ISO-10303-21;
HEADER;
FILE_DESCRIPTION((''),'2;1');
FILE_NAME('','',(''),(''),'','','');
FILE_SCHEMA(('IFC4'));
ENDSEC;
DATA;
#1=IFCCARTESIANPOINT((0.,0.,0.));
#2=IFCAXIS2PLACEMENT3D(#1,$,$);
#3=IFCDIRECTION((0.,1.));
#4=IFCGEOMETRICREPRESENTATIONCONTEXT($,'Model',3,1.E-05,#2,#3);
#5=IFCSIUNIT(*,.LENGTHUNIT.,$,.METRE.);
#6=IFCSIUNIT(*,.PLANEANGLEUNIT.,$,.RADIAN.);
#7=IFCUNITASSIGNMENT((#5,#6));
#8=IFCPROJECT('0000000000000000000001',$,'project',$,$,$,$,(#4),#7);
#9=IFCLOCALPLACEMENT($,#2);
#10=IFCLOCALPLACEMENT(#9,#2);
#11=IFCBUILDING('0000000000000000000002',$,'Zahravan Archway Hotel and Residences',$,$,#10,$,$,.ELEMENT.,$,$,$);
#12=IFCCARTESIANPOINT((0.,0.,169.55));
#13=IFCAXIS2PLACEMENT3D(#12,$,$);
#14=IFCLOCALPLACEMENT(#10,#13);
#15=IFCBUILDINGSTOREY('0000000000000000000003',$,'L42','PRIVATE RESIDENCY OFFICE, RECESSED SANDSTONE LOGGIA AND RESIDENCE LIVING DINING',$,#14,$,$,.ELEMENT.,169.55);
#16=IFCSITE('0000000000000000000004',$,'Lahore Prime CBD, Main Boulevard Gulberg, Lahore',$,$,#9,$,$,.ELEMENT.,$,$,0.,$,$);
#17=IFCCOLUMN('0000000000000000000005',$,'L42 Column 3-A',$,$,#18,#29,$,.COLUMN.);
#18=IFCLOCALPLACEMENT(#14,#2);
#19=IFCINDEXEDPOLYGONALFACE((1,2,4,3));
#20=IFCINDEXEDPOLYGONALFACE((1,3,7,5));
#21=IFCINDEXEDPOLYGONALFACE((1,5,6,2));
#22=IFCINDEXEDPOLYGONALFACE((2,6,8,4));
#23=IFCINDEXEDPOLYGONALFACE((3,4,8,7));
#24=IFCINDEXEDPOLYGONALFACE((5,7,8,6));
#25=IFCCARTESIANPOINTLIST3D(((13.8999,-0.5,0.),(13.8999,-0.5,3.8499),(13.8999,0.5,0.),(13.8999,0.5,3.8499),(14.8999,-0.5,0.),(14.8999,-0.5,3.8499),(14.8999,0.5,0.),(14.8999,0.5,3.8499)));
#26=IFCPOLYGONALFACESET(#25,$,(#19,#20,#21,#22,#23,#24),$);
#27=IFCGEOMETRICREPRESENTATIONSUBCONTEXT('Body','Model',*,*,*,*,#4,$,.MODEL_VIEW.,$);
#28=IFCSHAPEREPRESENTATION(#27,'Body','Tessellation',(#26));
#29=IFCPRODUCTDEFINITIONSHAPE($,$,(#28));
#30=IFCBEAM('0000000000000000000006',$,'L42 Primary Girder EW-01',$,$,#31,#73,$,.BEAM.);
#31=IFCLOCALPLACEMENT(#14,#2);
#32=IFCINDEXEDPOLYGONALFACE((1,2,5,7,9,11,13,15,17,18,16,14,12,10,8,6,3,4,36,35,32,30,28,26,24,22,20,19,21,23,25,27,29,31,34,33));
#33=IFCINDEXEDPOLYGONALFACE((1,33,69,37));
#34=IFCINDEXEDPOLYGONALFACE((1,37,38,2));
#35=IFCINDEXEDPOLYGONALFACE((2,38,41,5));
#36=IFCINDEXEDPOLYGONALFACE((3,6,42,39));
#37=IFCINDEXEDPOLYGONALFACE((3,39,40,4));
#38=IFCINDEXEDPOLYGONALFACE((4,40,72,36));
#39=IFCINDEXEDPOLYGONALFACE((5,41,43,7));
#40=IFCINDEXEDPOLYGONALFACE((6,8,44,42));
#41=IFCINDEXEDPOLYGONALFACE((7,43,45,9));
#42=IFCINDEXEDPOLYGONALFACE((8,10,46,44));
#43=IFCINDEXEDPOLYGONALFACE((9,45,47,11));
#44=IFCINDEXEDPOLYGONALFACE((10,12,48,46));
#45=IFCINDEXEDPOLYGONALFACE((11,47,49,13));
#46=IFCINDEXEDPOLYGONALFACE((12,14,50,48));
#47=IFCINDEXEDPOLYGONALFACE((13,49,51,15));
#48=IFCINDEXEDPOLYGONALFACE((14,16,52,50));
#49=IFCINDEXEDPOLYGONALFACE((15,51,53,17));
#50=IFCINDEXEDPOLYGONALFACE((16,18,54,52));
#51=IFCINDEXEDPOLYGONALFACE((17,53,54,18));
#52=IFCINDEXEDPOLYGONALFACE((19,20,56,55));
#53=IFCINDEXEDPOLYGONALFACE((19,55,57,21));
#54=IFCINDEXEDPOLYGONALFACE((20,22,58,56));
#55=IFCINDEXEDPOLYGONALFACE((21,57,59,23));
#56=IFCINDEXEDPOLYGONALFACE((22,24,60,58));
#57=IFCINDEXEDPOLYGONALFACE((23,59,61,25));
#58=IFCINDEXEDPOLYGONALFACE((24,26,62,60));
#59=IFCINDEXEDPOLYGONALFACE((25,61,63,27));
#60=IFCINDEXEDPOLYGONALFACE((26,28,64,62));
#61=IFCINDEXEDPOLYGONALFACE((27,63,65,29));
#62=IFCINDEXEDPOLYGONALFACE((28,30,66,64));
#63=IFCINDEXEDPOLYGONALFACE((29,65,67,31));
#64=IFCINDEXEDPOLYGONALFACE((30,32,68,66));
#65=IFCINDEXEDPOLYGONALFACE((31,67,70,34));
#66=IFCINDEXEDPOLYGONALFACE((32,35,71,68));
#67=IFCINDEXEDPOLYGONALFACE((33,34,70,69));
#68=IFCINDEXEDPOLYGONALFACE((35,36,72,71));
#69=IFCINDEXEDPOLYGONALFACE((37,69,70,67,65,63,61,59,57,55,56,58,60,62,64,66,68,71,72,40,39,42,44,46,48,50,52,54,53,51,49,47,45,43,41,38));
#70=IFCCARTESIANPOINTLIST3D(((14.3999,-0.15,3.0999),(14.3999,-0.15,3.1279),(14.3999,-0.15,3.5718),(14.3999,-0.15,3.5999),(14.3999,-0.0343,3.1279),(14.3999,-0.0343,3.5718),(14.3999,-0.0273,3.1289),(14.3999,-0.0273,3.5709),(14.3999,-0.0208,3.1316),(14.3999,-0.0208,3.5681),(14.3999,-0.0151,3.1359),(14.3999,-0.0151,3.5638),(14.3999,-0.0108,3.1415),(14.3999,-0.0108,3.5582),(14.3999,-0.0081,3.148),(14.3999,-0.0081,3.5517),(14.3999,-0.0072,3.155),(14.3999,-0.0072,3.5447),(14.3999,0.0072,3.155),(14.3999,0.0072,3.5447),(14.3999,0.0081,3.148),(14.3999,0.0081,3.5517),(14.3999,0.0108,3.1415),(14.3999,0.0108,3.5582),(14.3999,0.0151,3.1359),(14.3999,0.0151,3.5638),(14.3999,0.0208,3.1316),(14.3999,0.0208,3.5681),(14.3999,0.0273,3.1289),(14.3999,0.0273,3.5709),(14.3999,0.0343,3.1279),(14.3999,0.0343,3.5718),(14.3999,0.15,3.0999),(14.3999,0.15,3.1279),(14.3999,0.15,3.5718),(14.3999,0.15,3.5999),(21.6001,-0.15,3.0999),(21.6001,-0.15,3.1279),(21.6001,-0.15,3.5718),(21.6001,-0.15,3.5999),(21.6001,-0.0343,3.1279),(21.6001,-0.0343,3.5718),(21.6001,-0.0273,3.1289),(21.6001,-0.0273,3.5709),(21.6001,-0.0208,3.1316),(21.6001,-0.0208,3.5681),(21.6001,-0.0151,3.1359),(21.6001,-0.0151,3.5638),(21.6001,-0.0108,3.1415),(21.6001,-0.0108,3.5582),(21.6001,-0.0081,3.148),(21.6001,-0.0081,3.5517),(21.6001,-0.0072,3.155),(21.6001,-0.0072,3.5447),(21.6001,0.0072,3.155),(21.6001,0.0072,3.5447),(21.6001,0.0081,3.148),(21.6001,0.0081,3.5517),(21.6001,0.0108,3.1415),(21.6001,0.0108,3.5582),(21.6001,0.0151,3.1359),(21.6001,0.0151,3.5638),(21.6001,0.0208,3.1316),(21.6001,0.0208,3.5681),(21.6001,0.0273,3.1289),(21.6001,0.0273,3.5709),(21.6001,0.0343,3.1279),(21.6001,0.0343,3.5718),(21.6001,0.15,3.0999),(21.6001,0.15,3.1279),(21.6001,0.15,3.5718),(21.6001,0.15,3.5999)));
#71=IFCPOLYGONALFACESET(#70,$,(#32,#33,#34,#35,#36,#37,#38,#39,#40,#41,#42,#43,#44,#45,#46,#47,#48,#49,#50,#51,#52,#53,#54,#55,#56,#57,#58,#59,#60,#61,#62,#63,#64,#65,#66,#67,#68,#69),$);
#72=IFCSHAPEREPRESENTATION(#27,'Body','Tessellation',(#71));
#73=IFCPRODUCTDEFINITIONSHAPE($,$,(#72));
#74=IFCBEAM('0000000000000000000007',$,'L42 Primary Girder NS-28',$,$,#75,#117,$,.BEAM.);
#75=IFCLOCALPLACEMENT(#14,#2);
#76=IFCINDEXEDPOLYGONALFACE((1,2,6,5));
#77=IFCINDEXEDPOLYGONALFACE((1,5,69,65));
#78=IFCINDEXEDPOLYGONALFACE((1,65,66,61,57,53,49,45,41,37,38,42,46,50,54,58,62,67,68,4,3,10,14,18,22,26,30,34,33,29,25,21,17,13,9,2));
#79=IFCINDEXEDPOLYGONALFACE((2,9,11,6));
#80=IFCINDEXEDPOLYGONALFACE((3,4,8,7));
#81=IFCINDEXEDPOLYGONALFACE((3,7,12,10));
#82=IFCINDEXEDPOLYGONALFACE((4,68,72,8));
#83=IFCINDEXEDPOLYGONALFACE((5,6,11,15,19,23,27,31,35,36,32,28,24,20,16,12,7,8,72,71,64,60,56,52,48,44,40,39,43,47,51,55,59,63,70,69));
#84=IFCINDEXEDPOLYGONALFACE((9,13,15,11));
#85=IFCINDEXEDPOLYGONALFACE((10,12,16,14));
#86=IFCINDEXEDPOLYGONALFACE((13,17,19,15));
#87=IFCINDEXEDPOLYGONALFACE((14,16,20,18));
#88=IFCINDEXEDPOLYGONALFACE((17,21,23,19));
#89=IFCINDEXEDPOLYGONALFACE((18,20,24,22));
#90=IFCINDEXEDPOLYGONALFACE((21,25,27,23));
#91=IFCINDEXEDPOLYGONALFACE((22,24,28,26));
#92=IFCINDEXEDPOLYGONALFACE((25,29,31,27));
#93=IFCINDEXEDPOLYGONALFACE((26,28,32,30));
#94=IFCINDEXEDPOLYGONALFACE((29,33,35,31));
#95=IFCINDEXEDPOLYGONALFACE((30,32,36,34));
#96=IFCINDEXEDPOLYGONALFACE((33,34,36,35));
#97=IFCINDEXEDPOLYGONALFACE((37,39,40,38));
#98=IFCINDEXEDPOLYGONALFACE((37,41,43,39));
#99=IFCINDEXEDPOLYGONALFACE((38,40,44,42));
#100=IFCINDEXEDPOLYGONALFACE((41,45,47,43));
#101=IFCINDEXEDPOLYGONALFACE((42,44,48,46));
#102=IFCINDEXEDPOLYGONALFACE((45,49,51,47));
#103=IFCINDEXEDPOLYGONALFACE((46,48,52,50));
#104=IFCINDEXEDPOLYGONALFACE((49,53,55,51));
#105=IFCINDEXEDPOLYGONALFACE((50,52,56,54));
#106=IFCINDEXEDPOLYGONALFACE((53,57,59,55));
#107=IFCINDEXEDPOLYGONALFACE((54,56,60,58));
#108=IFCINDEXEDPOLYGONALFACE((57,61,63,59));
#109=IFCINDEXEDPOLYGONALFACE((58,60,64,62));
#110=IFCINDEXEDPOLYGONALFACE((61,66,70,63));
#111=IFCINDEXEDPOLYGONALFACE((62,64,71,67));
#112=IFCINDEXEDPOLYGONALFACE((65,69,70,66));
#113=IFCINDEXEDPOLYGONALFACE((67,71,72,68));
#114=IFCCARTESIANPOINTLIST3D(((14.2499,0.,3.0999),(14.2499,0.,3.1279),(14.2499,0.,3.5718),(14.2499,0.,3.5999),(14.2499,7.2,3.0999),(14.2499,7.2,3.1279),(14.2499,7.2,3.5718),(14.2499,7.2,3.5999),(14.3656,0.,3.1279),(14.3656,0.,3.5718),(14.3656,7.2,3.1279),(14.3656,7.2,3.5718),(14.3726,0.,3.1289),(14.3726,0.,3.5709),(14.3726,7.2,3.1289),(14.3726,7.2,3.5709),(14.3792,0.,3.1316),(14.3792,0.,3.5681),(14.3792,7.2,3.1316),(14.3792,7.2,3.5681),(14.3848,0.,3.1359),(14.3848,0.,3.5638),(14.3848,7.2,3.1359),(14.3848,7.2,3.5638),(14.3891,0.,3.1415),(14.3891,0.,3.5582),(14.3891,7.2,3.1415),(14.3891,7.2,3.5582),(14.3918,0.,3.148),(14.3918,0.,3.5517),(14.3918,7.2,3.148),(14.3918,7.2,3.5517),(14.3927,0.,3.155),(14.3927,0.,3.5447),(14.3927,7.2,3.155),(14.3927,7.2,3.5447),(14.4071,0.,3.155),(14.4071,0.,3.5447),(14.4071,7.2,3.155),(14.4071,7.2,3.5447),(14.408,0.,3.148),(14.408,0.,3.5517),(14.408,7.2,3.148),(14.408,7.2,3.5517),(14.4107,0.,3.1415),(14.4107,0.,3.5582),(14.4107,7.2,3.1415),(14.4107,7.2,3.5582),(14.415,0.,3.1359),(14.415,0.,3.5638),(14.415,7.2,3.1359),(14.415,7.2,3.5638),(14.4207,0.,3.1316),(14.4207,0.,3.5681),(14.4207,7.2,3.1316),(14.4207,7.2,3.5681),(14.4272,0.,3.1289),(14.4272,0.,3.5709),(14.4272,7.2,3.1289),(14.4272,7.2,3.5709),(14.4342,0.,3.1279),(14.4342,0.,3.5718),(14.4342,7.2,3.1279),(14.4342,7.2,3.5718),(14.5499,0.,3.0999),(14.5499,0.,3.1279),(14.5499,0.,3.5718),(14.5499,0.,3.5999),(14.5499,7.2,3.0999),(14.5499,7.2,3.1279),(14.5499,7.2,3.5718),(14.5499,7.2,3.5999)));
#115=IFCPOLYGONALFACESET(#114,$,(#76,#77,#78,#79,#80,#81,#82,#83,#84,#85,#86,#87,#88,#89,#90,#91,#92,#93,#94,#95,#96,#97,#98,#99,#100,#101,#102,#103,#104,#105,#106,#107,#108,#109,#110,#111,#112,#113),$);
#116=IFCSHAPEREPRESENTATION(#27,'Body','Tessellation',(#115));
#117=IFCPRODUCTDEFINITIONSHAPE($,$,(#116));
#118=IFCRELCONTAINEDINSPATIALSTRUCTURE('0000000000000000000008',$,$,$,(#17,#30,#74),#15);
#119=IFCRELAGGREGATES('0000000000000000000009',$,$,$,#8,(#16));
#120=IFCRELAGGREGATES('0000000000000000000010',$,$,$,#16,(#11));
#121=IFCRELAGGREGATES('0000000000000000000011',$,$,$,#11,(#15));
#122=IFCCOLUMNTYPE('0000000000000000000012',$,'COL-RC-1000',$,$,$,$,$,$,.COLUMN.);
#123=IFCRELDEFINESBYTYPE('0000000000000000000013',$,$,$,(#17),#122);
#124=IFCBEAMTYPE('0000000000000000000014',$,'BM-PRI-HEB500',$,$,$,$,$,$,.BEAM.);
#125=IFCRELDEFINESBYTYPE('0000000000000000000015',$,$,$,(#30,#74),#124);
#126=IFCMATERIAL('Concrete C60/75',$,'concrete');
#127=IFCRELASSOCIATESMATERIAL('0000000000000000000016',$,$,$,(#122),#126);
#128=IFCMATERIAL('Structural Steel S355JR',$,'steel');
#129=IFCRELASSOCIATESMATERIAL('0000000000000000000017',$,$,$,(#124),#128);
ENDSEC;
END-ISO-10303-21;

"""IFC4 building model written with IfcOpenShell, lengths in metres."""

from ifc_helpers import new_model, si_unit, direction, frame, origin, origin_2d, place, context, subcontext, project, spatial, rectangle, i_section, extrude, source, transform, mapped, material, material_profile, profile_set, type_object, type_shapes, element, save


model = new_model("IFC4")

# Units and contexts
model_context = context("Model", 3, precision=1e-05, world=origin(), true_north=direction((0.0, 1.0)))
body_context = subcontext(model_context, "Body", "Model", "MODEL_VIEW")
ifc_project = project(units=[si_unit("LENGTHUNIT", "METRE"), si_unit("PLANEANGLEUNIT", "RADIAN")], contexts=[model_context])

# Site, building, storey
site_placement = place(None, origin())
site = spatial("IfcSite", under=ifc_project, at=site_placement, Name="Lahore Prime CBD, Main Boulevard Gulberg, Lahore", CompositionType="ELEMENT", RefElevation=0.0)
building_placement = place(site_placement, origin())
building = spatial("IfcBuilding", under=site, at=building_placement, Name="Zahravan Archway Hotel and Residences", CompositionType="ELEMENT")
storey_placement = place(building_placement, frame((0.0, 0.0, 169.55)))
storey = spatial("IfcBuildingStorey", under=building, at=storey_placement, Name="L42", Description="PRIVATE RESIDENCY OFFICE, RECESSED SANDSTONE LOGGIA AND RESIDENCE LIVING DINING", CompositionType="ELEMENT", Elevation=169.55)

# Column
ifc_material_1 = material(Name="Concrete C60/75", Category="concrete")
ifc_material_profile_1 = material_profile(ifc_material_1, rectangle(XDim=1.0, YDim=1.0, at=origin_2d()), Name="RC-COL-1000x1000", Category="concrete")
ifc_profile_set_1 = profile_set([ifc_material_profile_1], Name="Concrete C60/75")
column_type = type_object("IfcColumnType", Name="COL-RC-1000", PredefinedType="COLUMN", material=ifc_profile_set_1)
shared_shape_1 = source(origin(), body_context, "Body", "SweptSolid", [
    extrude(rectangle(XDim=1.0, YDim=1.0, at=origin_2d()), origin(), (0.0, 0.0, 1.0), 3.8499),
])
column_placement = place(storey_placement, frame((14.3999, 0.0, 0.0), z_axis=(0.0, 0.0, 1.0), x_axis=(1.0, 0.0, 0.0)))
element("IfcColumn", 1, at=column_placement, inside=storey, type_object=column_type, Name="L42 Column 3-A", PredefinedType="COLUMN", context=body_context, shape_type="MappedRepresentation", body=[
    mapped(shared_shape_1, transform((0.0, 0.0, 0.0), scale=1.0)),
])

# Beams
ifc_material_2 = material(Name="Structural Steel S355JR", Category="steel")
ifc_material_profile_2 = material_profile(ifc_material_2, i_section(OverallWidth=0.3, OverallDepth=0.5, WebThickness=0.0144, FlangeThickness=0.0281, FilletRadius=0.0271, at=origin_2d()), Name="HEB 500", Category="steel")
ifc_profile_set_2 = profile_set([ifc_material_profile_2], Name="Structural Steel S355JR")
beam_type = type_object("IfcBeamType", Name="BM-PRI-HEB500", PredefinedType="BEAM", material=ifc_profile_set_2)
shared_shape_2 = source(origin(), body_context, "Body", "SweptSolid", [
    extrude(i_section(OverallWidth=0.3, OverallDepth=0.5, WebThickness=0.0144, FlangeThickness=0.0281, FilletRadius=0.0271, at=origin_2d()), origin(), (0.0, 0.0, 1.0), 7.2002),
])
type_shapes(beam_type, [shared_shape_2])
beam_1_placement = place(storey_placement, frame((14.3999, 0.0, 3.3499), z_axis=(1.0, 0.0, 0.0), x_axis=(0.0, 1.0, 0.0)))
element("IfcBeam", 2, at=beam_1_placement, inside=storey, type_object=beam_type, Name="L42 Primary Girder EW-01", PredefinedType="BEAM", context=body_context, shape_type="MappedRepresentation", body=[
    mapped(shared_shape_2, transform((0.0, 0.0, 0.0), scale=1.0)),
])
shared_shape_3 = source(origin(), body_context, "Body", "SweptSolid", [
    extrude(i_section(OverallWidth=0.3, OverallDepth=0.5, WebThickness=0.0144, FlangeThickness=0.0281, FilletRadius=0.0271, at=origin_2d()), origin(), (0.0, 0.0, 1.0), 7.2),
])
beam_2_placement = place(storey_placement, frame((14.3999, 0.0, 3.3499), z_axis=(0.0, 1.0, 0.0), x_axis=(-1.0, 0.0, 0.0)))
element("IfcBeam", 3, at=beam_2_placement, inside=storey, type_object=beam_type, Name="L42 Primary Girder NS-28", PredefinedType="BEAM", context=body_context, shape_type="MappedRepresentation", body=[
    mapped(shared_shape_3, transform((0.0, 0.0, 0.0), scale=1.0)),
])

save(model, "model.ifc")
